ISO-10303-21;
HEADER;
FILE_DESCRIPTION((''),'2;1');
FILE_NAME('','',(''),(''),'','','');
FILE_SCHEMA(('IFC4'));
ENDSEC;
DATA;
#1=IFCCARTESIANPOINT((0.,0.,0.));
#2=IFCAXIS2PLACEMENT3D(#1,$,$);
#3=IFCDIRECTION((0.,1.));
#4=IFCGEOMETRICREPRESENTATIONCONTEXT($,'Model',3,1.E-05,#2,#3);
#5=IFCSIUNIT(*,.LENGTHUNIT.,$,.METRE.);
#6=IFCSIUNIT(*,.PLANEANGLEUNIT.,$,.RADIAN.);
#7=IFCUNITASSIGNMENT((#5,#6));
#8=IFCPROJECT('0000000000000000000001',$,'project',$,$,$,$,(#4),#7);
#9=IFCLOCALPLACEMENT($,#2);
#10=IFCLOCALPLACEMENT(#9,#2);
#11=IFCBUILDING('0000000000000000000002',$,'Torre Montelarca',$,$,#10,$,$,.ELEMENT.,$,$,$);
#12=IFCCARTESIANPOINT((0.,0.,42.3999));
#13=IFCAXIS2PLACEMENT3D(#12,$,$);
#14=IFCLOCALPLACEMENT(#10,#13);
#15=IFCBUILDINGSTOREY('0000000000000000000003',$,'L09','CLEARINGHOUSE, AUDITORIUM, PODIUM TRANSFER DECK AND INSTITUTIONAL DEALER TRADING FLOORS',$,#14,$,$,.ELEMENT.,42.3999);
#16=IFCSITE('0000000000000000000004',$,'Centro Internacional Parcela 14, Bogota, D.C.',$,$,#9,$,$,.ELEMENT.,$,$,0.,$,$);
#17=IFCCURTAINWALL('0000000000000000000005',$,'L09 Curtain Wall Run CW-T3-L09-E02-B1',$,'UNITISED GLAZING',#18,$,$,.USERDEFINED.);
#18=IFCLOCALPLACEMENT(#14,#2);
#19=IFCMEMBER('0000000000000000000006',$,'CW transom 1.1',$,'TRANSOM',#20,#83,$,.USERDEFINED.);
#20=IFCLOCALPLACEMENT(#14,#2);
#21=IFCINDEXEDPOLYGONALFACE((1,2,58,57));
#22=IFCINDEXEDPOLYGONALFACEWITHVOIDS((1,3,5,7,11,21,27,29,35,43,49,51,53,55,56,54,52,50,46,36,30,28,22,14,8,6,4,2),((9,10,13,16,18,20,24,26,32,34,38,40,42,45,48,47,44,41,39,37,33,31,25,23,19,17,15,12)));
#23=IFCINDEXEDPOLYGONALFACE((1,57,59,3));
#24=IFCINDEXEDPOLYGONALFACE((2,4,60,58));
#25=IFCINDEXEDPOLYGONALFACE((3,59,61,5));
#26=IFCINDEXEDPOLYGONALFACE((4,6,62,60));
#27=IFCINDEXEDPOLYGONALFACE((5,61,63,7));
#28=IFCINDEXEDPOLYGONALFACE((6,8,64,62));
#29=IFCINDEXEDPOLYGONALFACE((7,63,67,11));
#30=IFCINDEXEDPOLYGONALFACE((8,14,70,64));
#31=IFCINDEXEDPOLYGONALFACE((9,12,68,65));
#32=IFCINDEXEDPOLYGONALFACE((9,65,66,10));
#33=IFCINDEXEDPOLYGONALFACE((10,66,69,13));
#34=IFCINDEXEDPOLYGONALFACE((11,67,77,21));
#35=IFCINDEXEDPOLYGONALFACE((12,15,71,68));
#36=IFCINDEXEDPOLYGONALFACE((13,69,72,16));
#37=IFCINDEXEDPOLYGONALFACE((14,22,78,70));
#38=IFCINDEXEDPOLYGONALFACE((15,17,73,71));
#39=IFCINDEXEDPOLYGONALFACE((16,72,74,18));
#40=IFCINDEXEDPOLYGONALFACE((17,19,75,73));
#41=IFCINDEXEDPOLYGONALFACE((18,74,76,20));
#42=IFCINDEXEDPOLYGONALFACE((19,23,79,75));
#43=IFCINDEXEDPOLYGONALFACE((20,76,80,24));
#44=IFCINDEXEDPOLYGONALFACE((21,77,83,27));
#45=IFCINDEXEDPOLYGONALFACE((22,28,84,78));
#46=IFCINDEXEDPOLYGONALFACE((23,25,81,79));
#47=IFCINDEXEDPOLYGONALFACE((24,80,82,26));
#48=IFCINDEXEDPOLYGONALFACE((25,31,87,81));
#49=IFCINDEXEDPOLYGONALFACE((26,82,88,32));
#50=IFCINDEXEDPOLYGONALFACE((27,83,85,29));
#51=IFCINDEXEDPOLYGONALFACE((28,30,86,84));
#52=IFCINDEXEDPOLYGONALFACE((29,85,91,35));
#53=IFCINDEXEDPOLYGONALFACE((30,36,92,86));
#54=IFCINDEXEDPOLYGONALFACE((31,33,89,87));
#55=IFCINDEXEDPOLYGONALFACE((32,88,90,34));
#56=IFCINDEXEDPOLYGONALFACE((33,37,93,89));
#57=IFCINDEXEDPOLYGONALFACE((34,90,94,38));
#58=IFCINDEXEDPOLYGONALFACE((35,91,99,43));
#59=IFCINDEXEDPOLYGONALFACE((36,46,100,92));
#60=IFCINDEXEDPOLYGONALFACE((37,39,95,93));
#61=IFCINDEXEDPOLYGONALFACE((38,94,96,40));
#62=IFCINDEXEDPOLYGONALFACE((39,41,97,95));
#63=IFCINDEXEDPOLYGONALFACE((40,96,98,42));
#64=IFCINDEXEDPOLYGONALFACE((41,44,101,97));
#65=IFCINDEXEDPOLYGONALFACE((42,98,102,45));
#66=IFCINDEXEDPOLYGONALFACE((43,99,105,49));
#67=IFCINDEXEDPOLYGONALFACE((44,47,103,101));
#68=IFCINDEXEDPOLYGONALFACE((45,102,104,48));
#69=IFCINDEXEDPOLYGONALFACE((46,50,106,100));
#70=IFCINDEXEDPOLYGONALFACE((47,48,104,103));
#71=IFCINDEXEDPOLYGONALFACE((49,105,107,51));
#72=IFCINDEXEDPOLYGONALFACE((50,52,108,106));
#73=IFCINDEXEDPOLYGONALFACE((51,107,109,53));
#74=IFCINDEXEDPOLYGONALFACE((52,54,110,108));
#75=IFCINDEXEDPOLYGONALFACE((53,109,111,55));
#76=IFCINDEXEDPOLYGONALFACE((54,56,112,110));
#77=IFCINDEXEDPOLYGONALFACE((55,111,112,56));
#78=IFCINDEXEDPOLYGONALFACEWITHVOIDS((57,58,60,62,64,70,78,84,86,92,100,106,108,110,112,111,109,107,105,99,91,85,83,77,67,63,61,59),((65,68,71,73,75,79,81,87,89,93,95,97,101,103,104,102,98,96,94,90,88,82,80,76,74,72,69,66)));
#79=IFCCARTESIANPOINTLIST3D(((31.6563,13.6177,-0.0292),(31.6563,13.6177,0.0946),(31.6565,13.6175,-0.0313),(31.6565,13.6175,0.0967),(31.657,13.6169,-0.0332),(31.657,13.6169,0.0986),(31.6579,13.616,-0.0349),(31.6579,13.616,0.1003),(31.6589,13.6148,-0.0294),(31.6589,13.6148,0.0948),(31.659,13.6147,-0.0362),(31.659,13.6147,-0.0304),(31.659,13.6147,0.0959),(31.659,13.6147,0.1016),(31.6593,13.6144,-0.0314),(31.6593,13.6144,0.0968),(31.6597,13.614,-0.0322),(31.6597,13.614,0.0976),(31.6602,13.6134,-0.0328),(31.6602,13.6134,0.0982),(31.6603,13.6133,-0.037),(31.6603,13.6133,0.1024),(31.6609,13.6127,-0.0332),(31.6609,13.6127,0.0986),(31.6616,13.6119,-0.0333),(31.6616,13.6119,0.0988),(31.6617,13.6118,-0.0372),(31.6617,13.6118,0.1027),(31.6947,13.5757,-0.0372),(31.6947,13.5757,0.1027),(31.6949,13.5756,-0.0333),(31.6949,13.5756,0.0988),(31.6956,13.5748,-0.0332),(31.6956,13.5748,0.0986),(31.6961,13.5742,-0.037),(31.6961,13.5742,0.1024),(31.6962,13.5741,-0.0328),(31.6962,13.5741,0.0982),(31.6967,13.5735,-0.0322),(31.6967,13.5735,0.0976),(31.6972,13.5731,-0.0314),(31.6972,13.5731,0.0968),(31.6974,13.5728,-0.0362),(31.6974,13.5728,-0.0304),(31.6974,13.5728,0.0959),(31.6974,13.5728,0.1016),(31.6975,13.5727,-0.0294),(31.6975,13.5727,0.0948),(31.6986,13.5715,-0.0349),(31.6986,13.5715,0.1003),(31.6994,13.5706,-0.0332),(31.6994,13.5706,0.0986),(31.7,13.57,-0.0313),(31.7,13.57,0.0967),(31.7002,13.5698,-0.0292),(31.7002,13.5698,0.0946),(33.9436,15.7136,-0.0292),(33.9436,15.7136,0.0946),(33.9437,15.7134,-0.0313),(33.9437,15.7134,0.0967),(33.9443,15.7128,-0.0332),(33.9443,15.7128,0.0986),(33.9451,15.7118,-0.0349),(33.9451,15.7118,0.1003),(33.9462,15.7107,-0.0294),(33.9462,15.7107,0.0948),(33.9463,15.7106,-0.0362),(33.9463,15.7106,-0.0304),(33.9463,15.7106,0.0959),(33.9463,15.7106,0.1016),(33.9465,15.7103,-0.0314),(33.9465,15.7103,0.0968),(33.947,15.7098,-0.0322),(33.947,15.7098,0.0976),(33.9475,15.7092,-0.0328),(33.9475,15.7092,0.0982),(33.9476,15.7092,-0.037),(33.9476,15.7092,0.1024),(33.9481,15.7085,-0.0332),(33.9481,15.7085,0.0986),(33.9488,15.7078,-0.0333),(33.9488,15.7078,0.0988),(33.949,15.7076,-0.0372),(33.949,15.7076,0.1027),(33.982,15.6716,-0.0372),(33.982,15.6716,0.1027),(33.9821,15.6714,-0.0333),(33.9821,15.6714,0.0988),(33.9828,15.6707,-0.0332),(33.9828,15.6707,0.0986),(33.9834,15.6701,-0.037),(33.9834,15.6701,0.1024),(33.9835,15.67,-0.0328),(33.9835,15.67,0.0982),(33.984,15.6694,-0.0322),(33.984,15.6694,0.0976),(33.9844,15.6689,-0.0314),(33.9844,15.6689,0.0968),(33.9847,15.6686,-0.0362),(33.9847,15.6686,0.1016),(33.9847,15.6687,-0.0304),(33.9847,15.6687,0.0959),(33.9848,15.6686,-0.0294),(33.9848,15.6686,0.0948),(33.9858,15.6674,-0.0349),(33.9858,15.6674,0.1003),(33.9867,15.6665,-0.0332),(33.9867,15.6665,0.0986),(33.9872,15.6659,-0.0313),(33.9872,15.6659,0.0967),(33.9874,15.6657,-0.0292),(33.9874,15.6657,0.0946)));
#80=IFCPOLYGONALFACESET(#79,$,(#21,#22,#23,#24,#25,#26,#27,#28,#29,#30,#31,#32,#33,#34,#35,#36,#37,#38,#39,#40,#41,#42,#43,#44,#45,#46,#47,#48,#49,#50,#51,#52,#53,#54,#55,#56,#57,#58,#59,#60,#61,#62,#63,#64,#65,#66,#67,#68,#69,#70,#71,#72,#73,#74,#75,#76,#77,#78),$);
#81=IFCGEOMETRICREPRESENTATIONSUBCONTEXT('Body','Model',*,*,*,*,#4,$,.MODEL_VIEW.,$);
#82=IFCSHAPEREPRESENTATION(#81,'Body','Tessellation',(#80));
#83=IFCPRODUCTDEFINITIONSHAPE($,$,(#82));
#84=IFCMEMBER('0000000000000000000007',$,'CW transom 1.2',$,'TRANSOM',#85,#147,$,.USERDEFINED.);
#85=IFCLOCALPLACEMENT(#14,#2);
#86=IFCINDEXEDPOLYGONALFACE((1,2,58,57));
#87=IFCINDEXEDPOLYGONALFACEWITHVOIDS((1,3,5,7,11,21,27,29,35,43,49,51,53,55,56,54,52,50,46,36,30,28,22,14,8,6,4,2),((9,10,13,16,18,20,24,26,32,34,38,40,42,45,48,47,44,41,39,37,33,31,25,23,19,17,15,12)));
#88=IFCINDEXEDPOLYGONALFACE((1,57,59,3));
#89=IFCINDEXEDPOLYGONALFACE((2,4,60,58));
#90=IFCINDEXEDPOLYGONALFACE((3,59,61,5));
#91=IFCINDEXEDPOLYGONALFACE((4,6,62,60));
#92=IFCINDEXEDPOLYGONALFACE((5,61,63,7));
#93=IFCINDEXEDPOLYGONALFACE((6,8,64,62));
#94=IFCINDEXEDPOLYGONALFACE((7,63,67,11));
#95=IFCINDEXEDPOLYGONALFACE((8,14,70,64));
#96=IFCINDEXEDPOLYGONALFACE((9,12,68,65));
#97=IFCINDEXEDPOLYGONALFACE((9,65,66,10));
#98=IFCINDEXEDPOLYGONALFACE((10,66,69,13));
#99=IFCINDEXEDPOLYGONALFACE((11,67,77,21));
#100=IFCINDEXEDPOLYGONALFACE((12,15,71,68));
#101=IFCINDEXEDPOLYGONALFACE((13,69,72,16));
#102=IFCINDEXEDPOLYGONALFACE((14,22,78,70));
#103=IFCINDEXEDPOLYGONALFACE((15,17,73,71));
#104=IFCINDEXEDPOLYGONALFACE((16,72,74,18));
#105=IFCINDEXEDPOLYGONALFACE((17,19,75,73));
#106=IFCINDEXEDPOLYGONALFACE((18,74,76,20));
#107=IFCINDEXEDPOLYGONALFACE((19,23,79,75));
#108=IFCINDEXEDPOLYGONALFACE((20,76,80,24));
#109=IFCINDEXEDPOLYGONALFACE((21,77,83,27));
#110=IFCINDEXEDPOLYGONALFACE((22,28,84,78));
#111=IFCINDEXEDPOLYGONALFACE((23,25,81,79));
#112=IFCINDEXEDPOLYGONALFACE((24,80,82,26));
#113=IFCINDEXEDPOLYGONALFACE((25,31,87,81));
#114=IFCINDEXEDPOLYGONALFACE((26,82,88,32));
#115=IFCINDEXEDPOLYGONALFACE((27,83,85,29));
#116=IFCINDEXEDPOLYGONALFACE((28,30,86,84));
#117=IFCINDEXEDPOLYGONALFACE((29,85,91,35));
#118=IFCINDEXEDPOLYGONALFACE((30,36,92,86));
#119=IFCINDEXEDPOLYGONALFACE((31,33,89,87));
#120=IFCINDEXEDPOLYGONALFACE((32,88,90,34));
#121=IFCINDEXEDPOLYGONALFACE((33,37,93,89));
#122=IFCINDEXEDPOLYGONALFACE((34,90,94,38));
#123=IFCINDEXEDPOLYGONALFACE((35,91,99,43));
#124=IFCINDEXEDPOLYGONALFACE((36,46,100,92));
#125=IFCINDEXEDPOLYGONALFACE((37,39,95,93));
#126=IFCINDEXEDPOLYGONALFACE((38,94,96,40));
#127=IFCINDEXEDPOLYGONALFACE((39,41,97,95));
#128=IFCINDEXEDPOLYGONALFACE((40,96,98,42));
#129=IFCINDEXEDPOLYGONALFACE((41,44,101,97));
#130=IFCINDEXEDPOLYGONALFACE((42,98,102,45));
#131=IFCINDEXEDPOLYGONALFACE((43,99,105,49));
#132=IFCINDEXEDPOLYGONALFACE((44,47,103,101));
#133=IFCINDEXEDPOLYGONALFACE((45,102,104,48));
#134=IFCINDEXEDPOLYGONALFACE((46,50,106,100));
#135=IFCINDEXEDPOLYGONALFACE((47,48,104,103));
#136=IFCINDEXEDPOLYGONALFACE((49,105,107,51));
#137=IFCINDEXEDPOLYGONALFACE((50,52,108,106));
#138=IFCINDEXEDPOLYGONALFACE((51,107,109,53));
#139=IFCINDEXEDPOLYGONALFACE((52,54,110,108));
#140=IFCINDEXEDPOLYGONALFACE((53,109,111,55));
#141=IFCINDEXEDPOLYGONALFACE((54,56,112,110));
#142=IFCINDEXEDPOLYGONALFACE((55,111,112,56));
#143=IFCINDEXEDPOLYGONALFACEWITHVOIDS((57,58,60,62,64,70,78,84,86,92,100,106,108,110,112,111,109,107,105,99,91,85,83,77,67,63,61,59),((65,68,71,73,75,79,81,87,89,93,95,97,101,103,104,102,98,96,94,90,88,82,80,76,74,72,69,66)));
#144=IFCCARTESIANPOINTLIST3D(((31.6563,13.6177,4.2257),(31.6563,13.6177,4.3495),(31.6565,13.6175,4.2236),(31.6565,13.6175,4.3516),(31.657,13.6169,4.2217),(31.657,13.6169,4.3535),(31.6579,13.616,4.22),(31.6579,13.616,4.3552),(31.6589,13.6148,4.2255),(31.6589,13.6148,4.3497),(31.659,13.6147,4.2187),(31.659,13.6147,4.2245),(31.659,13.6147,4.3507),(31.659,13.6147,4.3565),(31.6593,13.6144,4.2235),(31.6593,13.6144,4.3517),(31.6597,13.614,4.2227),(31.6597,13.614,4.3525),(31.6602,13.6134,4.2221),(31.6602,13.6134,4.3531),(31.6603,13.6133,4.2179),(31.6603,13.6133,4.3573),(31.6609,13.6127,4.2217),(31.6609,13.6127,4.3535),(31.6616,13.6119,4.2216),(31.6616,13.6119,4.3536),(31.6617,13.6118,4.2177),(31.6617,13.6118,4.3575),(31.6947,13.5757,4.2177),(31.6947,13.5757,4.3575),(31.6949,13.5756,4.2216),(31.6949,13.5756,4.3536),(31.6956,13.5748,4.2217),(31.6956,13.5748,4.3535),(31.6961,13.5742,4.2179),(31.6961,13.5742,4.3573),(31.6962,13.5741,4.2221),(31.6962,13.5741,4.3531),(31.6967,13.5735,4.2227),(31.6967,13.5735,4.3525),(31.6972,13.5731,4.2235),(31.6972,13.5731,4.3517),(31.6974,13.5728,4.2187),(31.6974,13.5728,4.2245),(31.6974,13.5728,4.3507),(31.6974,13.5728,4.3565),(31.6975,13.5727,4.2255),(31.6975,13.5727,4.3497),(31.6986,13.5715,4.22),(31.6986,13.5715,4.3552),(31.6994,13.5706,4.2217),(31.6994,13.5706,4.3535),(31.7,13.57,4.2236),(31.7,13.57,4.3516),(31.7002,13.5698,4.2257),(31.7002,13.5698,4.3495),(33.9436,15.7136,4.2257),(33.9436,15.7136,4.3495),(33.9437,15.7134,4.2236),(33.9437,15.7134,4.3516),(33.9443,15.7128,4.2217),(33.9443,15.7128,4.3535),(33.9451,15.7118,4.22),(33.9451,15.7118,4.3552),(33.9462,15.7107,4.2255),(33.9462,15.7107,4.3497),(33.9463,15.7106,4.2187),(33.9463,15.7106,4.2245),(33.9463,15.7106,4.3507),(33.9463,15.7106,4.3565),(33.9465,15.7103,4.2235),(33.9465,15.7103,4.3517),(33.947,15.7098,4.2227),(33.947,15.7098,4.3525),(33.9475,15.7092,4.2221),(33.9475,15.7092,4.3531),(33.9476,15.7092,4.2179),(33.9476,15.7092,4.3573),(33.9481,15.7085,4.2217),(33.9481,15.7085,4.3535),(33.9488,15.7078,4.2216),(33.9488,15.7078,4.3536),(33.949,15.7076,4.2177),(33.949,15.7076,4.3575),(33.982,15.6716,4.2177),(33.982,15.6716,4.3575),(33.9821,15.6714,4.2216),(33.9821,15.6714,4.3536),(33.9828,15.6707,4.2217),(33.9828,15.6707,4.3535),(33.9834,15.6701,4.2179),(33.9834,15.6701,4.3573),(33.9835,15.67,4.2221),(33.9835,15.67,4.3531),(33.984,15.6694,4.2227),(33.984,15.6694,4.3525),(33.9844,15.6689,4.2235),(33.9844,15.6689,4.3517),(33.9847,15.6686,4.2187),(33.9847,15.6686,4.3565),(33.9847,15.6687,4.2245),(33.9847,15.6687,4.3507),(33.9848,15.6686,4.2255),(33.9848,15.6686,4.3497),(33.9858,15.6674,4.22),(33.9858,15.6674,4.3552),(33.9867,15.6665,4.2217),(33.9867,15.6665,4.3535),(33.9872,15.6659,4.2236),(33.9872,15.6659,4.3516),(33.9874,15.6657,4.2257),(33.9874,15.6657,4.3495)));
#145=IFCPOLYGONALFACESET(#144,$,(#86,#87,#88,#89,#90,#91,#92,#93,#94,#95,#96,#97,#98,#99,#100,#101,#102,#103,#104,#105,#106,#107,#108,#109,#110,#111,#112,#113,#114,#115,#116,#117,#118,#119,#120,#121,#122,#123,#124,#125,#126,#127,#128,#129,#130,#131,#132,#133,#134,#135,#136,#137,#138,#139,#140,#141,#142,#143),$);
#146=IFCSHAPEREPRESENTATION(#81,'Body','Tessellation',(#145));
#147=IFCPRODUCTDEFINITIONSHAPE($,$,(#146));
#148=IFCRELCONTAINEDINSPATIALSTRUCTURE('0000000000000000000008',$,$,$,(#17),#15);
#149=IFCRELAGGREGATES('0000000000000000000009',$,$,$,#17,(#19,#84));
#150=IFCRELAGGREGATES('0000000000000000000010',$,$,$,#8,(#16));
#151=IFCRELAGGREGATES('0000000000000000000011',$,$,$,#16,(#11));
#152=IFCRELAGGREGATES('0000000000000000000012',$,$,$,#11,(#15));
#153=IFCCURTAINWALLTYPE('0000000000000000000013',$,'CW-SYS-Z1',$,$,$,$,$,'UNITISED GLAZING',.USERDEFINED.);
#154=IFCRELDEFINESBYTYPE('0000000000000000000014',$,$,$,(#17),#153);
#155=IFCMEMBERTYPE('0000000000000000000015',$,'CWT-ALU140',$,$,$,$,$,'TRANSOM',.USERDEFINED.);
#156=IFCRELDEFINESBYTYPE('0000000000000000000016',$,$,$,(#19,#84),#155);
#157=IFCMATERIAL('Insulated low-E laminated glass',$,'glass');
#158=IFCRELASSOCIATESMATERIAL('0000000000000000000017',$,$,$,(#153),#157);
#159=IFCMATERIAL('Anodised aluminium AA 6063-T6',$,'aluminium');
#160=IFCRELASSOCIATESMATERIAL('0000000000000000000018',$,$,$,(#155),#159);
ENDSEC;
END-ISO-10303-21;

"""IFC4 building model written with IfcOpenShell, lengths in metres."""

from ifc_helpers import new_model, si_unit, direction, frame, origin, origin_2d, place, context, subcontext, project, spatial, hollow_rectangle, extrude, source, transform, mapped, material, material_profile, profile_set, type_object, element, aggregate, save


model = new_model("IFC4")

# Units and contexts
model_context = context("Model", 3, precision=1e-05, world=origin(), true_north=direction((0.0, 1.0)))
body_context = subcontext(model_context, "Body", "Model", "MODEL_VIEW")
ifc_project = project(units=[si_unit("LENGTHUNIT", "METRE"), si_unit("PLANEANGLEUNIT", "RADIAN")], contexts=[model_context])

# Site, building, storey
site_placement = place(None, origin())
site = spatial("IfcSite", under=ifc_project, at=site_placement, Name="Centro Internacional Parcela 14, Bogota, D.C.", CompositionType="ELEMENT", RefElevation=0.0)
building_placement = place(site_placement, origin())
building = spatial("IfcBuilding", under=site, at=building_placement, Name="Torre Montelarca", CompositionType="ELEMENT")
storey_placement = place(building_placement, frame((0.0, 0.0, 42.3999)))
storey = spatial("IfcBuildingStorey", under=building, at=storey_placement, Name="L09", Description="CLEARINGHOUSE, AUDITORIUM, PODIUM TRANSFER DECK AND INSTITUTIONAL DEALER TRADING FLOORS", CompositionType="ELEMENT", Elevation=42.3999)

# Curtain wall, members
ifc_material_1 = material(Name="Insulated low-E laminated glass", Category="glass")
curtain_wall_type = type_object("IfcCurtainWallType", Name="CW-SYS-Z1", ElementType="UNITISED GLAZING", PredefinedType="USERDEFINED", material=ifc_material_1)
ifc_material_2 = material(Name="Anodised aluminium AA 6063-T6", Category="aluminium")
curtain_wall_1_placement = place(storey_placement, origin())
curtain_wall_1 = element("IfcCurtainWall", 1, at=curtain_wall_1_placement, inside=storey, type_object=curtain_wall_type, Name="L09 Curtain Wall Run CW-T3-L09-E02-B1", ObjectType="UNITISED GLAZING", PredefinedType="USERDEFINED")
ifc_material_profile_1 = material_profile(ifc_material_2, hollow_rectangle(XDim=0.0649, YDim=0.1399, WallThickness=0.0039, InnerFilletRadius=0.0039, OuterFilletRadius=0.0081, at=origin_2d()), Name="ALU65X140X4", Category="aluminium")
ifc_profile_set_1 = profile_set([ifc_material_profile_1], Name="Anodised aluminium AA 6063-T6")
member_type_1 = type_object("IfcMemberType", Name="CWT-ALU140", ElementType="TRANSOM", PredefinedType="USERDEFINED", material=ifc_profile_set_1)
shared_shape_1 = source(origin(), body_context, "Body", "SweptSolid", [
    extrude(hollow_rectangle(XDim=0.0649, YDim=0.1399, WallThickness=0.0039, InnerFilletRadius=0.0039, OuterFilletRadius=0.0081, at=origin_2d()), origin(), (0.0, 0.0, 1.0), 3.1023),
])
member_1_placement = place(storey_placement, frame((31.6782, 13.5938, 0.0327), z_axis=(0.737282, 0.675586, 0.0), x_axis=(-0.675586, 0.737282, 0.0)))
member_1 = element("IfcMember", 2, at=member_1_placement, type_object=member_type_1, Name="CW transom 1.1", ObjectType="TRANSOM", PredefinedType="USERDEFINED", context=body_context, shape_type="MappedRepresentation", body=[
    mapped(shared_shape_1, transform((0.0, 0.0, 0.0), scale=1.0)),
])
member_2_placement = place(storey_placement, frame((31.6782, 13.5938, 4.2876), z_axis=(0.737282, 0.675586, 0.0), x_axis=(-0.675586, 0.737282, 0.0)))
member_2 = element("IfcMember", 3, at=member_2_placement, type_object=member_type_1, Name="CW transom 1.2", ObjectType="TRANSOM", PredefinedType="USERDEFINED", context=body_context, shape_type="MappedRepresentation", body=[
    mapped(shared_shape_1, transform((0.0, 0.0, 0.0), scale=1.0)),
])

aggregate(curtain_wall_1, [member_1, member_2])

save(model, "model.ifc")
